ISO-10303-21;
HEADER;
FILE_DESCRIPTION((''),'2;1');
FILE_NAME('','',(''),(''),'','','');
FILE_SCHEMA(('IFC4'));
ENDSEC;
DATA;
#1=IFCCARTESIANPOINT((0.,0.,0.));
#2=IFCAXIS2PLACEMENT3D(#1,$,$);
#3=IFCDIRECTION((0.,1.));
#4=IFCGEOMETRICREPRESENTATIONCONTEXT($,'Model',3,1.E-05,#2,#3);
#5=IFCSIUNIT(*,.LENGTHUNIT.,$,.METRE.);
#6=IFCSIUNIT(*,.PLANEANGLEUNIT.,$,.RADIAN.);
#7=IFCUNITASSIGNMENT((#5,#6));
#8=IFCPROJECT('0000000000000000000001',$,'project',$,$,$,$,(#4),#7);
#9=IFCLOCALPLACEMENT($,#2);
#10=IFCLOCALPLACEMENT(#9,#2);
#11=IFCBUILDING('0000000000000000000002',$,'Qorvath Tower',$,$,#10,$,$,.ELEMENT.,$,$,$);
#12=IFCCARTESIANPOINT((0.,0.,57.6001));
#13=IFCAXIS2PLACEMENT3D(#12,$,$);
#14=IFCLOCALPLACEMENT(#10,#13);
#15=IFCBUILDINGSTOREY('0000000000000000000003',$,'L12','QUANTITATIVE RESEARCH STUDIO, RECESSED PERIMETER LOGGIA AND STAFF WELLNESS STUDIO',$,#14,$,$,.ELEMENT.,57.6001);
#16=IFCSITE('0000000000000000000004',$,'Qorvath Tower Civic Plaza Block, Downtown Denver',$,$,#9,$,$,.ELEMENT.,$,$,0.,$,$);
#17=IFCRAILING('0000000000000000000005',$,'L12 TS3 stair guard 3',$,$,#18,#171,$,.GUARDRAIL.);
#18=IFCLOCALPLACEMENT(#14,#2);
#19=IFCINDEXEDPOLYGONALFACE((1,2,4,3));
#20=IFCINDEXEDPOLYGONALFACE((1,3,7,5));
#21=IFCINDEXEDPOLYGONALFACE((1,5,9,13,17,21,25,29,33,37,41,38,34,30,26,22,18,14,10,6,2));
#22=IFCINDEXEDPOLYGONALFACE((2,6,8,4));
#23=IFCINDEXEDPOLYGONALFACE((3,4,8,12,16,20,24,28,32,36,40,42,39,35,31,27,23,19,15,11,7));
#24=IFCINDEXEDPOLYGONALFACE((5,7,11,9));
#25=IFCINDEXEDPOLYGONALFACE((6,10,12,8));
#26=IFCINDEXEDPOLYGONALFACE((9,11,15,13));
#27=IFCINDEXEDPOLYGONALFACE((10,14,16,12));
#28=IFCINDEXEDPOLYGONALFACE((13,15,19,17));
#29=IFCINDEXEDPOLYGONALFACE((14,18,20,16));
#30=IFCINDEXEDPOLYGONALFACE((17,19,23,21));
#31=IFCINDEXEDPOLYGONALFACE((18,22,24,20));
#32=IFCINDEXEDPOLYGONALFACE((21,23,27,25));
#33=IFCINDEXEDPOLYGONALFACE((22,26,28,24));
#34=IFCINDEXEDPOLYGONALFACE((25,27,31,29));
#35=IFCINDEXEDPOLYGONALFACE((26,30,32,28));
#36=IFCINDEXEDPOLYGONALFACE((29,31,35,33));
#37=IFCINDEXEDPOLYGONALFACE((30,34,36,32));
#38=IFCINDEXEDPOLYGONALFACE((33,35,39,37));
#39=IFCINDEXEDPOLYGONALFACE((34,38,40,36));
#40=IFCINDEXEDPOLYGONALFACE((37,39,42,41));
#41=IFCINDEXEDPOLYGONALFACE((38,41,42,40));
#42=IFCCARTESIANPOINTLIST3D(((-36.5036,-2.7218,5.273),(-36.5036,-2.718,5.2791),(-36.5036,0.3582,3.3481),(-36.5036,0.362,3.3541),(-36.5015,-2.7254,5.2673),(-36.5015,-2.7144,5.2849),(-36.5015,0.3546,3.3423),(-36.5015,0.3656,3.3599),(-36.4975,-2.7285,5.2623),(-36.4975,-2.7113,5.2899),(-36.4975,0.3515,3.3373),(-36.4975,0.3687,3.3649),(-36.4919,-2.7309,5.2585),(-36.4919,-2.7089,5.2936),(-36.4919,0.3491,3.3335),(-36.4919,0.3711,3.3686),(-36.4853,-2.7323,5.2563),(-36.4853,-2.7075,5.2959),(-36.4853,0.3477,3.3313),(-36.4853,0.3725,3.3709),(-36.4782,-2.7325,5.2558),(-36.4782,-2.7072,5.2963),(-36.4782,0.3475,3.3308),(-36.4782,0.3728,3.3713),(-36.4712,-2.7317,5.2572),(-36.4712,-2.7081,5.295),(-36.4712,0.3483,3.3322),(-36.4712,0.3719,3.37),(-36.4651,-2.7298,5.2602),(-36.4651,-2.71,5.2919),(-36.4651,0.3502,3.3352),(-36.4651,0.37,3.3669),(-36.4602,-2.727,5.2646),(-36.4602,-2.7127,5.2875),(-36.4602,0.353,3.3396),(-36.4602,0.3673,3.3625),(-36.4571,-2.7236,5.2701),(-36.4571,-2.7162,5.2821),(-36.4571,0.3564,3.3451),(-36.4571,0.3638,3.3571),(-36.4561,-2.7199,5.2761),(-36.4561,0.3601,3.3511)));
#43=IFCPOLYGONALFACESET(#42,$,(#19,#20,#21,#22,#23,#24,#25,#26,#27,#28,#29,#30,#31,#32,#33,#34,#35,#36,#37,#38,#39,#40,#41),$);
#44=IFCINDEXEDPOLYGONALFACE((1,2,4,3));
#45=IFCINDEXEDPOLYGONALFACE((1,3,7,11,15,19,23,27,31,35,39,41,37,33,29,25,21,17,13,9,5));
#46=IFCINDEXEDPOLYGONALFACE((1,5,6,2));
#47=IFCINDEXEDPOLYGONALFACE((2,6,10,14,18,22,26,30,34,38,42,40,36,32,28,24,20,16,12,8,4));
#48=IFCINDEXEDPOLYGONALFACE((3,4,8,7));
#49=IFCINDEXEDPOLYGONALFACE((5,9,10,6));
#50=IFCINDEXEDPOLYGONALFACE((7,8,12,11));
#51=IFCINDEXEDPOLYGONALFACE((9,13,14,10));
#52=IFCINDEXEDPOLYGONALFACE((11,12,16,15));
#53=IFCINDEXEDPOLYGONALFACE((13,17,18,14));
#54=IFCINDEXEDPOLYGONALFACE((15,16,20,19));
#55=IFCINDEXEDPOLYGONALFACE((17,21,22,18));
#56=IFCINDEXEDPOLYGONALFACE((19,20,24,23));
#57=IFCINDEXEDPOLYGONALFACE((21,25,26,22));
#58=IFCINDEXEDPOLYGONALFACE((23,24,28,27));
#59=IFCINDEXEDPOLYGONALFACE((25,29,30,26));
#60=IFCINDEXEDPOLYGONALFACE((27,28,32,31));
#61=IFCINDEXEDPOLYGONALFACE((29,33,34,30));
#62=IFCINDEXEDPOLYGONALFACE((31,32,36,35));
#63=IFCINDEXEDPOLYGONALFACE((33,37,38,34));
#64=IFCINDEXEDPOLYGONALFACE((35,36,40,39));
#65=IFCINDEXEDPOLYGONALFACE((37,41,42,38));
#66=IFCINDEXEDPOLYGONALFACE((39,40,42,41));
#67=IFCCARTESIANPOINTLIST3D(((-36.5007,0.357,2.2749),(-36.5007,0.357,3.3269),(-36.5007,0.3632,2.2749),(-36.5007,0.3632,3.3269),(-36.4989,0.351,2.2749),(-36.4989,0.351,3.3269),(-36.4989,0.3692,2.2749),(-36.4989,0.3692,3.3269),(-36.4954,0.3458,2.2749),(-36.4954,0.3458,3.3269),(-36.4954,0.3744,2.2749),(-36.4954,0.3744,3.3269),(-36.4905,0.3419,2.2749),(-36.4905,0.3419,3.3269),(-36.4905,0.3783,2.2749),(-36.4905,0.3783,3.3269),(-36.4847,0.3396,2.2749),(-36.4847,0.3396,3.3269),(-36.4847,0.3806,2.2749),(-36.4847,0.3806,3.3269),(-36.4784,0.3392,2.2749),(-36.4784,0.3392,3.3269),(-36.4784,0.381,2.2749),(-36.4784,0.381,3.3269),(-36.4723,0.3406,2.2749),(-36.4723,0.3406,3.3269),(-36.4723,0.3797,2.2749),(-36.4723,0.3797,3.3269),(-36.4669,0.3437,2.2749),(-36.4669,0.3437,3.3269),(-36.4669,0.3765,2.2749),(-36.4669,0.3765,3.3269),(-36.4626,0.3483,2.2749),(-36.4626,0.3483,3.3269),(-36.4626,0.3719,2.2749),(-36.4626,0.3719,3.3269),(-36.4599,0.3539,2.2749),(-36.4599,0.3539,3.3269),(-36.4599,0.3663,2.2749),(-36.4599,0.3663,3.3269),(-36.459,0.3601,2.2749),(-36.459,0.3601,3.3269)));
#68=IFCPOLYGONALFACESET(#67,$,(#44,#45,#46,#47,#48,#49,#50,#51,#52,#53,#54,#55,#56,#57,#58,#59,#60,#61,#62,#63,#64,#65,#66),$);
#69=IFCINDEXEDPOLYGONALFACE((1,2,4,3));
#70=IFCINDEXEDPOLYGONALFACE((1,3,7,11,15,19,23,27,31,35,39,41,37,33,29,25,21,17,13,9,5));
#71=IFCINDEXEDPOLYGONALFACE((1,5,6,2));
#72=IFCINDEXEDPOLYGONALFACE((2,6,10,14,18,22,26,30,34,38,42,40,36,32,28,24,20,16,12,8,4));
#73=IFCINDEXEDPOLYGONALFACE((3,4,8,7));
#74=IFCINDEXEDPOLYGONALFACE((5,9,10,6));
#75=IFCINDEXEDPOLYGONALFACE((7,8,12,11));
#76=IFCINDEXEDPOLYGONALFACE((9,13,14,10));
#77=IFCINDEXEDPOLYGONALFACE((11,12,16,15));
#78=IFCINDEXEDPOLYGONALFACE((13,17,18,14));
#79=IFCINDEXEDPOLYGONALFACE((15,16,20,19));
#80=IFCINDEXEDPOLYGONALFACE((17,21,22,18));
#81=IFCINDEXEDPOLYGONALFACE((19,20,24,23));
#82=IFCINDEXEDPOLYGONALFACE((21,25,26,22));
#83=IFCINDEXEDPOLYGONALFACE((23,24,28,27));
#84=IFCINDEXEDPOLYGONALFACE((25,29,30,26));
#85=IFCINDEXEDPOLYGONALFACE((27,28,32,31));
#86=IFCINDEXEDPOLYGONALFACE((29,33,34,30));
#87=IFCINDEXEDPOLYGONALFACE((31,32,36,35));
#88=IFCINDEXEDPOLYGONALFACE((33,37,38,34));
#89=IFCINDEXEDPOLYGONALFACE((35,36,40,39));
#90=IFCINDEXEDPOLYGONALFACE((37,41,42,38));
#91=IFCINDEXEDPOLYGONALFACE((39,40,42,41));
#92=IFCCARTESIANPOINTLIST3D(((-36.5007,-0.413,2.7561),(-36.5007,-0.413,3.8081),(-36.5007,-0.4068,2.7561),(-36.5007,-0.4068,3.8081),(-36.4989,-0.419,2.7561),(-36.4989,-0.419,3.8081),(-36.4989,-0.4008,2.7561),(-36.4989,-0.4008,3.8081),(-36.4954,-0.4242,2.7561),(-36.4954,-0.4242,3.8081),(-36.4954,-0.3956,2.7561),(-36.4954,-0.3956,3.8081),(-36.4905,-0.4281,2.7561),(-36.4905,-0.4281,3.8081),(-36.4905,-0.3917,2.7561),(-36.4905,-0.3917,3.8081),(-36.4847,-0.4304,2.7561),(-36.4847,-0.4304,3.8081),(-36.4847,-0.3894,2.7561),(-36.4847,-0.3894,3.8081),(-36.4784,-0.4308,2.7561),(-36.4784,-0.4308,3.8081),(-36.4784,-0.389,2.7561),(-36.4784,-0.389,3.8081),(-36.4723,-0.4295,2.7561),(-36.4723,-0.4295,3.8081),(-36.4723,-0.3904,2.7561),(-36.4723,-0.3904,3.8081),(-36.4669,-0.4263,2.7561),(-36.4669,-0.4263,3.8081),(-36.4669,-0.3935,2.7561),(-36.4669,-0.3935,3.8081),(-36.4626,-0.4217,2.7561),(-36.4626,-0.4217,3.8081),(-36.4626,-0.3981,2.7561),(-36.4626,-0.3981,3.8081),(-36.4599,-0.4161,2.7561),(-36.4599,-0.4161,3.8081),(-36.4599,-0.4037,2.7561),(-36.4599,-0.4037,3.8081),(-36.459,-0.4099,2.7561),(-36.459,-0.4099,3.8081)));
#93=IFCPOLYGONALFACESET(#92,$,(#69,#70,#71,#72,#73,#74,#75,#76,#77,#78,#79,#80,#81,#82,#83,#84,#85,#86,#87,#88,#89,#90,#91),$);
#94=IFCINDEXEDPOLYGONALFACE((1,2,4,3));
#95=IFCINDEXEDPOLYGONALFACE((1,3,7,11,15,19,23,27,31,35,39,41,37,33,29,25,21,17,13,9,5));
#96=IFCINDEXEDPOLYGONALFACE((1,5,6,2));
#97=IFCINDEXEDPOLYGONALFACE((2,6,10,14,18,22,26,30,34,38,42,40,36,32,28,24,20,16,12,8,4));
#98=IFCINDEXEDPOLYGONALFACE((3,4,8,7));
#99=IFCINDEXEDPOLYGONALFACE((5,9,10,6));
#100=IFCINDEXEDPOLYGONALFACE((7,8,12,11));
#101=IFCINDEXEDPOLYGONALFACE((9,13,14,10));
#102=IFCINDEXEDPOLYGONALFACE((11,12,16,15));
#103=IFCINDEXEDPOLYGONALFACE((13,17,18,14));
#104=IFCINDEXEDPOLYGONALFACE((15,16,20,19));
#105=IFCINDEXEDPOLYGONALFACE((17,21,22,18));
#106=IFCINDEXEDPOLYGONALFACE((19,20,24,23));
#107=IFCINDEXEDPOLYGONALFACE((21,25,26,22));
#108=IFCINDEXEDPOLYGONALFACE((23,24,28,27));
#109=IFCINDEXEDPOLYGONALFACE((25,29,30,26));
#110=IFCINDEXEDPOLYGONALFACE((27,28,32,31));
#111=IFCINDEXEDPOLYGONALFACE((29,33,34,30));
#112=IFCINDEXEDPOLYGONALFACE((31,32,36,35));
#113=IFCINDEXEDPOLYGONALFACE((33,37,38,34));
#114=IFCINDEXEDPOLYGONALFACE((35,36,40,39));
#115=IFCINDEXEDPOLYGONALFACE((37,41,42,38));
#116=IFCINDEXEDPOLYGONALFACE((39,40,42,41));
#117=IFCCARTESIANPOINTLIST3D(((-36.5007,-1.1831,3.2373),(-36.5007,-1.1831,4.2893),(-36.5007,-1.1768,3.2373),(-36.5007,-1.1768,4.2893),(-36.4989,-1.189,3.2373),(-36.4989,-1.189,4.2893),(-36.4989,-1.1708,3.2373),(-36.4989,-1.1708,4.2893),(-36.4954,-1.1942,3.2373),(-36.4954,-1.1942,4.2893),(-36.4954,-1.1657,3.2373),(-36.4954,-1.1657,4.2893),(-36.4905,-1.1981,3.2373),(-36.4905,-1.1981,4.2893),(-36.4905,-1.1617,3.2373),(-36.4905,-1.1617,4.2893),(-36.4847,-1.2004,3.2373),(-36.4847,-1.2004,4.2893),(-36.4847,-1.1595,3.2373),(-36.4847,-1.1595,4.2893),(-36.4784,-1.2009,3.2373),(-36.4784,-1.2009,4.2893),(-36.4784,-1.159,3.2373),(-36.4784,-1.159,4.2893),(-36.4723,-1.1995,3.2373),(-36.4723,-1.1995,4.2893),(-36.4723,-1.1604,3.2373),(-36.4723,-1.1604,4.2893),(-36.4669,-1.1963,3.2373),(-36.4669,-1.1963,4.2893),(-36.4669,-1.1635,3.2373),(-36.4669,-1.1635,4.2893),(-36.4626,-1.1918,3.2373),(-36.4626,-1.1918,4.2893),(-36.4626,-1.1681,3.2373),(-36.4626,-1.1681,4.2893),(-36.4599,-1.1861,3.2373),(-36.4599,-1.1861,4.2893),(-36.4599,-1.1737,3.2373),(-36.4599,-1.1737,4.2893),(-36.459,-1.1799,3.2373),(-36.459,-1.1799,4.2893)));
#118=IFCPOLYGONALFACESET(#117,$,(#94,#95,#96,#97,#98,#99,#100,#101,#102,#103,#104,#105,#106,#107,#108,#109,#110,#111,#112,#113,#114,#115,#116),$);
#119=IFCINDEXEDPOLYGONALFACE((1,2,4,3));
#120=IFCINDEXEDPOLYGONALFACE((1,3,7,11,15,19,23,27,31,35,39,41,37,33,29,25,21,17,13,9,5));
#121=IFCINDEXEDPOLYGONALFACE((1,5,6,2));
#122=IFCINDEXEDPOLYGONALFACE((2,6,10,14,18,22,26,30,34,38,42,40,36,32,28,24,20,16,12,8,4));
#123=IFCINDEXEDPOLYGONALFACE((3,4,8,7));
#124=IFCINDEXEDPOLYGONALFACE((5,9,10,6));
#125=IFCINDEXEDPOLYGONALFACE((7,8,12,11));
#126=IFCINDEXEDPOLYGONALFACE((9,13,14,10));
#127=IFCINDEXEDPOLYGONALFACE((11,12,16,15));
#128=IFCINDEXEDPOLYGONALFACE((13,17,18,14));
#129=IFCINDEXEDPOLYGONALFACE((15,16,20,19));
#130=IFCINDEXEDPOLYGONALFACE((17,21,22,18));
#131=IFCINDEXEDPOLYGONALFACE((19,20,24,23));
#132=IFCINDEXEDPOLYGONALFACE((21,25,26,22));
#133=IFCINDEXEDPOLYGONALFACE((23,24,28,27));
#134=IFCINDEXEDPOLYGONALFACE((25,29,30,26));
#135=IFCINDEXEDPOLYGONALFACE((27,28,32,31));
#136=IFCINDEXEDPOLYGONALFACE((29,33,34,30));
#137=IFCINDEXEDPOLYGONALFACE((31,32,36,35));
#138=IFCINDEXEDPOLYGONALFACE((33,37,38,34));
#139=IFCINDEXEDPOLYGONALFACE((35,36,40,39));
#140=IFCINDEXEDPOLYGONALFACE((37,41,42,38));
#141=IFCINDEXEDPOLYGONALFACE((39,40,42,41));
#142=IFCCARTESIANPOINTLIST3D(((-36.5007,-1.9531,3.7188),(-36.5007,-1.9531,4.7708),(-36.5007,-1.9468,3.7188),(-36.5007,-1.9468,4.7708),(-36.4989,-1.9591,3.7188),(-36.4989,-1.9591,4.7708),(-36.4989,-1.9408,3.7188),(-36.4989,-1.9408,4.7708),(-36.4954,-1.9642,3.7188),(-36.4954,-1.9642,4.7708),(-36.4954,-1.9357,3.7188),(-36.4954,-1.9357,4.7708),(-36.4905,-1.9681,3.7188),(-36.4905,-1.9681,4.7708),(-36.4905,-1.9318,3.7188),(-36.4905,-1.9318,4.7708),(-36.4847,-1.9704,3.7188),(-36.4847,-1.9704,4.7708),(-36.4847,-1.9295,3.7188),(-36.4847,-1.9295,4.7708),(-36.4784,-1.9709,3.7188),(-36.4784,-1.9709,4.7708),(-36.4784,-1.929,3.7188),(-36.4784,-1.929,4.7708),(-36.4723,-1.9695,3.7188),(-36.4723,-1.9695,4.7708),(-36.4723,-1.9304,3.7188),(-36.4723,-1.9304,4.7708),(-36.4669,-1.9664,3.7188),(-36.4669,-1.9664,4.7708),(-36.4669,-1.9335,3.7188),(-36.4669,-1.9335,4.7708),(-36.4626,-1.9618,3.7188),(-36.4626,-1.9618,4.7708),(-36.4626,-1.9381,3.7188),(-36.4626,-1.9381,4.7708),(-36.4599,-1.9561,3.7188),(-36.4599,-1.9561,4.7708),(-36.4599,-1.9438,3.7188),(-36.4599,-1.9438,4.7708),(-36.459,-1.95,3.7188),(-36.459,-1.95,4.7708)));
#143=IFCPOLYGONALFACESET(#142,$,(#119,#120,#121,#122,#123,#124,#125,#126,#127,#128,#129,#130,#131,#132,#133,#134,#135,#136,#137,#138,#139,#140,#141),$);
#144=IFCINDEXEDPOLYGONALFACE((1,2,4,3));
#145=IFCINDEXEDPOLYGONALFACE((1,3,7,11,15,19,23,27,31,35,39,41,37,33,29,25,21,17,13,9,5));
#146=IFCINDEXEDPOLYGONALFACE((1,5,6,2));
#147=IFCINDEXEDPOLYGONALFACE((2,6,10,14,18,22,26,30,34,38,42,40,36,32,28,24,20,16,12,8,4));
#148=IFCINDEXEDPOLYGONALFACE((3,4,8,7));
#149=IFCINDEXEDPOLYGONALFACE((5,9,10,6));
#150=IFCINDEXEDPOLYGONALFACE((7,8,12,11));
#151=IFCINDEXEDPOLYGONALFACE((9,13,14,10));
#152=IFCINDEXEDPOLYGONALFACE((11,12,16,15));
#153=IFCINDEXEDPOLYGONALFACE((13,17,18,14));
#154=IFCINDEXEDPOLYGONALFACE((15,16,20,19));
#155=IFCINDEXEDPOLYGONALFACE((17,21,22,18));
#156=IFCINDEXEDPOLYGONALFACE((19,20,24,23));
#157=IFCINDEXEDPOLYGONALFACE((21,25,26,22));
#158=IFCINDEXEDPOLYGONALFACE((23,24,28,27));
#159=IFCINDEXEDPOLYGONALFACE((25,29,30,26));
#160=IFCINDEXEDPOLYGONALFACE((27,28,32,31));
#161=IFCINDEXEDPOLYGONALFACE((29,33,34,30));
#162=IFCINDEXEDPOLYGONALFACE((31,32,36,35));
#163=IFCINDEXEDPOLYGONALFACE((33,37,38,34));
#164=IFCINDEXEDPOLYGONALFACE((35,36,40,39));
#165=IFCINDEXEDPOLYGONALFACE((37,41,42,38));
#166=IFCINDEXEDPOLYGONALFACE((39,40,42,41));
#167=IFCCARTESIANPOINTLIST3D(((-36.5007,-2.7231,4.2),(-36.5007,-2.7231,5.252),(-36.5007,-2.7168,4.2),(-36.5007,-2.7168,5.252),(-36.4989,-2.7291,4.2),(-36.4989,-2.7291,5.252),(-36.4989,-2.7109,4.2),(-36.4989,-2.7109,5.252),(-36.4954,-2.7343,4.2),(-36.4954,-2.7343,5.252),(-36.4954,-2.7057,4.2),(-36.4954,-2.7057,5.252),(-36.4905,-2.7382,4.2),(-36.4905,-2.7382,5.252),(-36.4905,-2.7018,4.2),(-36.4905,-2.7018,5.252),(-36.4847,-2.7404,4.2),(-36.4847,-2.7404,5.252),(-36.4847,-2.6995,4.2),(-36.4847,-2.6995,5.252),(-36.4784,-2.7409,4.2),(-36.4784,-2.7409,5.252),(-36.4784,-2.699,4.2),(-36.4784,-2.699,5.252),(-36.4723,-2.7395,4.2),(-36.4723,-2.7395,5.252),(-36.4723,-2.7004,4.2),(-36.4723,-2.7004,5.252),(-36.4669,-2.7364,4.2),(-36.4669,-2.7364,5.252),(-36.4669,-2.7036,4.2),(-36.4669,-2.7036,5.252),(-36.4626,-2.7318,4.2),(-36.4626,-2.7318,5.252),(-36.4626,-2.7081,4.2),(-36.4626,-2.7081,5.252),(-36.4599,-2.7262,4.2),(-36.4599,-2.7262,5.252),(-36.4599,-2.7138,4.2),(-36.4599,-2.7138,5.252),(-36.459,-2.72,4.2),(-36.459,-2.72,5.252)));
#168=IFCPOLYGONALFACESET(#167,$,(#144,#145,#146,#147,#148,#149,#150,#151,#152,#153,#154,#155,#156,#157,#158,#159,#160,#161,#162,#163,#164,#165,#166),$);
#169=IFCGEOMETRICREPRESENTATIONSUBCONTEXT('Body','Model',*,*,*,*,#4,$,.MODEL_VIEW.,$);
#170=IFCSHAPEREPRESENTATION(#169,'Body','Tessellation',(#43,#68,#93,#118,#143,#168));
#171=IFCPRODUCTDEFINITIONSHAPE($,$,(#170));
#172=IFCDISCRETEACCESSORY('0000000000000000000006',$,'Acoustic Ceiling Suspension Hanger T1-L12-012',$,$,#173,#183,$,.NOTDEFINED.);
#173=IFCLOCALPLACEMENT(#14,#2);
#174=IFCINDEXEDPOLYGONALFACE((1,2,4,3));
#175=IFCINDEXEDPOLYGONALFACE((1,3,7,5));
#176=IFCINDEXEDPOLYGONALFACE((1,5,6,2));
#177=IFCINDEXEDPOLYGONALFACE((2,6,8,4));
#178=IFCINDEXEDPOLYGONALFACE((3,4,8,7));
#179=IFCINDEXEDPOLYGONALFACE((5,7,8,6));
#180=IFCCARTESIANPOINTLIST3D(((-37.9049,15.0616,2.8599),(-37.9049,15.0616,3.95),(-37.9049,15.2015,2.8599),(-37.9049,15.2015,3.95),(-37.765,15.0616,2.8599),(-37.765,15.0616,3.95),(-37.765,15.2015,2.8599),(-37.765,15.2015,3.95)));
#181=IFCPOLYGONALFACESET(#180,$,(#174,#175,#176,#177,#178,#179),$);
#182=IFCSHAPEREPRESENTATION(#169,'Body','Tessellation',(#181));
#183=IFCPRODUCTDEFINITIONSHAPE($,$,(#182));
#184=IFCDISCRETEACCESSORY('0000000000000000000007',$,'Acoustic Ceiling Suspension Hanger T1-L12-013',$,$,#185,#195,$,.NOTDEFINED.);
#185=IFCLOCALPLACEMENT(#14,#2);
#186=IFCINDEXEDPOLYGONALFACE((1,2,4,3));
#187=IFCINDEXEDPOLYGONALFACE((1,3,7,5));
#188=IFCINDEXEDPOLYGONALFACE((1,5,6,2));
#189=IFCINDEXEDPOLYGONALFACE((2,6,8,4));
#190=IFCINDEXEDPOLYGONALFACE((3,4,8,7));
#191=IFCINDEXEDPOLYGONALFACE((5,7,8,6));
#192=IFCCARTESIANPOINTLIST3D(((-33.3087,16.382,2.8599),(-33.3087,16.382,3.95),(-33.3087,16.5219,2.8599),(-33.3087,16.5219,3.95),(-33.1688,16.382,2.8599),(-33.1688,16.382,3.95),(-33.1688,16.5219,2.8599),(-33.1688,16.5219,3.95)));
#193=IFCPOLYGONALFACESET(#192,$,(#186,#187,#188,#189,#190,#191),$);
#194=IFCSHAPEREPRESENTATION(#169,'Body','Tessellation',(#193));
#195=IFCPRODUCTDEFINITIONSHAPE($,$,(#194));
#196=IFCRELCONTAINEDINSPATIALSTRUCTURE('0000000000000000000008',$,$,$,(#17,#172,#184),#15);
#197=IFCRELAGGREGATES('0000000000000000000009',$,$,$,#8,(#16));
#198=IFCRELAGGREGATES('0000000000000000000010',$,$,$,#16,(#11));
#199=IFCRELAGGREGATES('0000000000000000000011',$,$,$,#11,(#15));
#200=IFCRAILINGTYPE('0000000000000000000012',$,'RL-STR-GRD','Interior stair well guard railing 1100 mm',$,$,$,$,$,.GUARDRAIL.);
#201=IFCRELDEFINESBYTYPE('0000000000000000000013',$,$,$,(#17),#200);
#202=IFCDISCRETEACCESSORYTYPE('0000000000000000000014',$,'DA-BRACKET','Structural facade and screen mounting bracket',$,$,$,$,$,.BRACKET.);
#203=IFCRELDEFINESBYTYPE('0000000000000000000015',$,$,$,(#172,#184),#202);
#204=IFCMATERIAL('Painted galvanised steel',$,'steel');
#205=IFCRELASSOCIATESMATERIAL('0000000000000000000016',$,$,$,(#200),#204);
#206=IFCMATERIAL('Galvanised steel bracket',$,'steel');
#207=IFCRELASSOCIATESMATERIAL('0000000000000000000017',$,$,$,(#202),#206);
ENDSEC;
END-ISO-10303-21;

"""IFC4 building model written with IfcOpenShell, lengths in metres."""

from ifc_helpers import new_model, si_unit, direction, frame, origin, origin_2d, place, context, subcontext, project, spatial, rectangle, circle, extrude, material, type_object, element, save


model = new_model("IFC4")

# Units and contexts
model_context = context("Model", 3, precision=1e-05, world=origin(), true_north=direction((0.0, 1.0)))
body_context = subcontext(model_context, "Body", "Model", "MODEL_VIEW")
ifc_project = project(units=[si_unit("LENGTHUNIT", "METRE"), si_unit("PLANEANGLEUNIT", "RADIAN")], contexts=[model_context])

# Site, building, storey
site_placement = place(None, origin())
site = spatial("IfcSite", under=ifc_project, at=site_placement, Name="Qorvath Tower Civic Plaza Block, Downtown Denver", CompositionType="ELEMENT", RefElevation=0.0)
building_placement = place(site_placement, origin())
building = spatial("IfcBuilding", under=site, at=building_placement, Name="Qorvath Tower", CompositionType="ELEMENT")
storey_placement = place(building_placement, frame((0.0, 0.0, 57.6001)))
storey = spatial("IfcBuildingStorey", under=building, at=storey_placement, Name="L12", Description="QUANTITATIVE RESEARCH STUDIO, RECESSED PERIMETER LOGGIA AND STAFF WELLNESS STUDIO", CompositionType="ELEMENT", Elevation=57.6001)

# Railing
ifc_material_1 = material(Name="Painted galvanised steel", Category="steel")
railing_type = type_object("IfcRailingType", Name="RL-STR-GRD", Description="Interior stair well guard railing 1100 mm", PredefinedType="GUARDRAIL", material=ifc_material_1)
railing_1_placement = place(storey_placement, frame((-36.48, 0.3601, 2.2749)))
element("IfcRailing", 1, at=railing_1_placement, inside=storey, type_object=railing_type, Name="L12 TS3 stair guard 3", PredefinedType="GUARDRAIL", context=body_context, shape_type="SweptSolid", body=[
    extrude(circle(Radius=0.0239, at=origin_2d()), frame((0.0, 0.0, 1.0762), z_axis=(0.0, -0.847998, 0.529999), x_axis=(1.0, 0.0, 0.0)), (0.0, 0.0, 1.0), 3.6321),
    extrude(circle(Radius=0.021, at=origin_2d()), origin(), (0.0, 0.0, 1.0), 1.052),
    extrude(circle(Radius=0.021, at=origin_2d()), frame((0.0, -0.77, 0.4812)), (0.0, 0.0, 1.0), 1.052),
    extrude(circle(Radius=0.021, at=origin_2d()), frame((0.0, -1.54, 0.9624)), (0.0, 0.0, 1.0), 1.052),
    extrude(circle(Radius=0.021, at=origin_2d()), frame((0.0, -2.3101, 1.4438)), (0.0, 0.0, 1.0), 1.052),
    extrude(circle(Radius=0.021, at=origin_2d()), frame((0.0, -3.0801, 1.925)), (0.0, 0.0, 1.0), 1.052),
])

# Discrete accessories
ifc_material_2 = material(Name="Galvanised steel bracket", Category="steel")
discrete_accessory_type = type_object("IfcDiscreteAccessoryType", Name="DA-BRACKET", Description="Structural facade and screen mounting bracket", PredefinedType="BRACKET", material=ifc_material_2)
for number, where, z_axis, x_axis, name in (
    (2, (-37.835, 15.1316, 2.8599), (0.0, 0.0, 1.0), (1.0, 0.0, 0.0), "Acoustic Ceiling Suspension Hanger T1-L12-012"),
    (3, (-33.2388, 16.4519, 2.8599), (0.0, 0.0, 1.0), (1.0, 0.0, 0.0), "Acoustic Ceiling Suspension Hanger T1-L12-013"),
):
    element("IfcDiscreteAccessory", number, at=place(storey_placement, frame(where, z_axis=z_axis, x_axis=x_axis)), inside=storey, type_object=discrete_accessory_type, Name=name, PredefinedType="NOTDEFINED", context=body_context, shape_type="SweptSolid", body=[
        extrude(rectangle(XDim=0.1399, YDim=0.1399, at=origin_2d()), origin(), (0.0, 0.0, 1.0), 1.0901),
    ])

save(model, "model.ifc")
